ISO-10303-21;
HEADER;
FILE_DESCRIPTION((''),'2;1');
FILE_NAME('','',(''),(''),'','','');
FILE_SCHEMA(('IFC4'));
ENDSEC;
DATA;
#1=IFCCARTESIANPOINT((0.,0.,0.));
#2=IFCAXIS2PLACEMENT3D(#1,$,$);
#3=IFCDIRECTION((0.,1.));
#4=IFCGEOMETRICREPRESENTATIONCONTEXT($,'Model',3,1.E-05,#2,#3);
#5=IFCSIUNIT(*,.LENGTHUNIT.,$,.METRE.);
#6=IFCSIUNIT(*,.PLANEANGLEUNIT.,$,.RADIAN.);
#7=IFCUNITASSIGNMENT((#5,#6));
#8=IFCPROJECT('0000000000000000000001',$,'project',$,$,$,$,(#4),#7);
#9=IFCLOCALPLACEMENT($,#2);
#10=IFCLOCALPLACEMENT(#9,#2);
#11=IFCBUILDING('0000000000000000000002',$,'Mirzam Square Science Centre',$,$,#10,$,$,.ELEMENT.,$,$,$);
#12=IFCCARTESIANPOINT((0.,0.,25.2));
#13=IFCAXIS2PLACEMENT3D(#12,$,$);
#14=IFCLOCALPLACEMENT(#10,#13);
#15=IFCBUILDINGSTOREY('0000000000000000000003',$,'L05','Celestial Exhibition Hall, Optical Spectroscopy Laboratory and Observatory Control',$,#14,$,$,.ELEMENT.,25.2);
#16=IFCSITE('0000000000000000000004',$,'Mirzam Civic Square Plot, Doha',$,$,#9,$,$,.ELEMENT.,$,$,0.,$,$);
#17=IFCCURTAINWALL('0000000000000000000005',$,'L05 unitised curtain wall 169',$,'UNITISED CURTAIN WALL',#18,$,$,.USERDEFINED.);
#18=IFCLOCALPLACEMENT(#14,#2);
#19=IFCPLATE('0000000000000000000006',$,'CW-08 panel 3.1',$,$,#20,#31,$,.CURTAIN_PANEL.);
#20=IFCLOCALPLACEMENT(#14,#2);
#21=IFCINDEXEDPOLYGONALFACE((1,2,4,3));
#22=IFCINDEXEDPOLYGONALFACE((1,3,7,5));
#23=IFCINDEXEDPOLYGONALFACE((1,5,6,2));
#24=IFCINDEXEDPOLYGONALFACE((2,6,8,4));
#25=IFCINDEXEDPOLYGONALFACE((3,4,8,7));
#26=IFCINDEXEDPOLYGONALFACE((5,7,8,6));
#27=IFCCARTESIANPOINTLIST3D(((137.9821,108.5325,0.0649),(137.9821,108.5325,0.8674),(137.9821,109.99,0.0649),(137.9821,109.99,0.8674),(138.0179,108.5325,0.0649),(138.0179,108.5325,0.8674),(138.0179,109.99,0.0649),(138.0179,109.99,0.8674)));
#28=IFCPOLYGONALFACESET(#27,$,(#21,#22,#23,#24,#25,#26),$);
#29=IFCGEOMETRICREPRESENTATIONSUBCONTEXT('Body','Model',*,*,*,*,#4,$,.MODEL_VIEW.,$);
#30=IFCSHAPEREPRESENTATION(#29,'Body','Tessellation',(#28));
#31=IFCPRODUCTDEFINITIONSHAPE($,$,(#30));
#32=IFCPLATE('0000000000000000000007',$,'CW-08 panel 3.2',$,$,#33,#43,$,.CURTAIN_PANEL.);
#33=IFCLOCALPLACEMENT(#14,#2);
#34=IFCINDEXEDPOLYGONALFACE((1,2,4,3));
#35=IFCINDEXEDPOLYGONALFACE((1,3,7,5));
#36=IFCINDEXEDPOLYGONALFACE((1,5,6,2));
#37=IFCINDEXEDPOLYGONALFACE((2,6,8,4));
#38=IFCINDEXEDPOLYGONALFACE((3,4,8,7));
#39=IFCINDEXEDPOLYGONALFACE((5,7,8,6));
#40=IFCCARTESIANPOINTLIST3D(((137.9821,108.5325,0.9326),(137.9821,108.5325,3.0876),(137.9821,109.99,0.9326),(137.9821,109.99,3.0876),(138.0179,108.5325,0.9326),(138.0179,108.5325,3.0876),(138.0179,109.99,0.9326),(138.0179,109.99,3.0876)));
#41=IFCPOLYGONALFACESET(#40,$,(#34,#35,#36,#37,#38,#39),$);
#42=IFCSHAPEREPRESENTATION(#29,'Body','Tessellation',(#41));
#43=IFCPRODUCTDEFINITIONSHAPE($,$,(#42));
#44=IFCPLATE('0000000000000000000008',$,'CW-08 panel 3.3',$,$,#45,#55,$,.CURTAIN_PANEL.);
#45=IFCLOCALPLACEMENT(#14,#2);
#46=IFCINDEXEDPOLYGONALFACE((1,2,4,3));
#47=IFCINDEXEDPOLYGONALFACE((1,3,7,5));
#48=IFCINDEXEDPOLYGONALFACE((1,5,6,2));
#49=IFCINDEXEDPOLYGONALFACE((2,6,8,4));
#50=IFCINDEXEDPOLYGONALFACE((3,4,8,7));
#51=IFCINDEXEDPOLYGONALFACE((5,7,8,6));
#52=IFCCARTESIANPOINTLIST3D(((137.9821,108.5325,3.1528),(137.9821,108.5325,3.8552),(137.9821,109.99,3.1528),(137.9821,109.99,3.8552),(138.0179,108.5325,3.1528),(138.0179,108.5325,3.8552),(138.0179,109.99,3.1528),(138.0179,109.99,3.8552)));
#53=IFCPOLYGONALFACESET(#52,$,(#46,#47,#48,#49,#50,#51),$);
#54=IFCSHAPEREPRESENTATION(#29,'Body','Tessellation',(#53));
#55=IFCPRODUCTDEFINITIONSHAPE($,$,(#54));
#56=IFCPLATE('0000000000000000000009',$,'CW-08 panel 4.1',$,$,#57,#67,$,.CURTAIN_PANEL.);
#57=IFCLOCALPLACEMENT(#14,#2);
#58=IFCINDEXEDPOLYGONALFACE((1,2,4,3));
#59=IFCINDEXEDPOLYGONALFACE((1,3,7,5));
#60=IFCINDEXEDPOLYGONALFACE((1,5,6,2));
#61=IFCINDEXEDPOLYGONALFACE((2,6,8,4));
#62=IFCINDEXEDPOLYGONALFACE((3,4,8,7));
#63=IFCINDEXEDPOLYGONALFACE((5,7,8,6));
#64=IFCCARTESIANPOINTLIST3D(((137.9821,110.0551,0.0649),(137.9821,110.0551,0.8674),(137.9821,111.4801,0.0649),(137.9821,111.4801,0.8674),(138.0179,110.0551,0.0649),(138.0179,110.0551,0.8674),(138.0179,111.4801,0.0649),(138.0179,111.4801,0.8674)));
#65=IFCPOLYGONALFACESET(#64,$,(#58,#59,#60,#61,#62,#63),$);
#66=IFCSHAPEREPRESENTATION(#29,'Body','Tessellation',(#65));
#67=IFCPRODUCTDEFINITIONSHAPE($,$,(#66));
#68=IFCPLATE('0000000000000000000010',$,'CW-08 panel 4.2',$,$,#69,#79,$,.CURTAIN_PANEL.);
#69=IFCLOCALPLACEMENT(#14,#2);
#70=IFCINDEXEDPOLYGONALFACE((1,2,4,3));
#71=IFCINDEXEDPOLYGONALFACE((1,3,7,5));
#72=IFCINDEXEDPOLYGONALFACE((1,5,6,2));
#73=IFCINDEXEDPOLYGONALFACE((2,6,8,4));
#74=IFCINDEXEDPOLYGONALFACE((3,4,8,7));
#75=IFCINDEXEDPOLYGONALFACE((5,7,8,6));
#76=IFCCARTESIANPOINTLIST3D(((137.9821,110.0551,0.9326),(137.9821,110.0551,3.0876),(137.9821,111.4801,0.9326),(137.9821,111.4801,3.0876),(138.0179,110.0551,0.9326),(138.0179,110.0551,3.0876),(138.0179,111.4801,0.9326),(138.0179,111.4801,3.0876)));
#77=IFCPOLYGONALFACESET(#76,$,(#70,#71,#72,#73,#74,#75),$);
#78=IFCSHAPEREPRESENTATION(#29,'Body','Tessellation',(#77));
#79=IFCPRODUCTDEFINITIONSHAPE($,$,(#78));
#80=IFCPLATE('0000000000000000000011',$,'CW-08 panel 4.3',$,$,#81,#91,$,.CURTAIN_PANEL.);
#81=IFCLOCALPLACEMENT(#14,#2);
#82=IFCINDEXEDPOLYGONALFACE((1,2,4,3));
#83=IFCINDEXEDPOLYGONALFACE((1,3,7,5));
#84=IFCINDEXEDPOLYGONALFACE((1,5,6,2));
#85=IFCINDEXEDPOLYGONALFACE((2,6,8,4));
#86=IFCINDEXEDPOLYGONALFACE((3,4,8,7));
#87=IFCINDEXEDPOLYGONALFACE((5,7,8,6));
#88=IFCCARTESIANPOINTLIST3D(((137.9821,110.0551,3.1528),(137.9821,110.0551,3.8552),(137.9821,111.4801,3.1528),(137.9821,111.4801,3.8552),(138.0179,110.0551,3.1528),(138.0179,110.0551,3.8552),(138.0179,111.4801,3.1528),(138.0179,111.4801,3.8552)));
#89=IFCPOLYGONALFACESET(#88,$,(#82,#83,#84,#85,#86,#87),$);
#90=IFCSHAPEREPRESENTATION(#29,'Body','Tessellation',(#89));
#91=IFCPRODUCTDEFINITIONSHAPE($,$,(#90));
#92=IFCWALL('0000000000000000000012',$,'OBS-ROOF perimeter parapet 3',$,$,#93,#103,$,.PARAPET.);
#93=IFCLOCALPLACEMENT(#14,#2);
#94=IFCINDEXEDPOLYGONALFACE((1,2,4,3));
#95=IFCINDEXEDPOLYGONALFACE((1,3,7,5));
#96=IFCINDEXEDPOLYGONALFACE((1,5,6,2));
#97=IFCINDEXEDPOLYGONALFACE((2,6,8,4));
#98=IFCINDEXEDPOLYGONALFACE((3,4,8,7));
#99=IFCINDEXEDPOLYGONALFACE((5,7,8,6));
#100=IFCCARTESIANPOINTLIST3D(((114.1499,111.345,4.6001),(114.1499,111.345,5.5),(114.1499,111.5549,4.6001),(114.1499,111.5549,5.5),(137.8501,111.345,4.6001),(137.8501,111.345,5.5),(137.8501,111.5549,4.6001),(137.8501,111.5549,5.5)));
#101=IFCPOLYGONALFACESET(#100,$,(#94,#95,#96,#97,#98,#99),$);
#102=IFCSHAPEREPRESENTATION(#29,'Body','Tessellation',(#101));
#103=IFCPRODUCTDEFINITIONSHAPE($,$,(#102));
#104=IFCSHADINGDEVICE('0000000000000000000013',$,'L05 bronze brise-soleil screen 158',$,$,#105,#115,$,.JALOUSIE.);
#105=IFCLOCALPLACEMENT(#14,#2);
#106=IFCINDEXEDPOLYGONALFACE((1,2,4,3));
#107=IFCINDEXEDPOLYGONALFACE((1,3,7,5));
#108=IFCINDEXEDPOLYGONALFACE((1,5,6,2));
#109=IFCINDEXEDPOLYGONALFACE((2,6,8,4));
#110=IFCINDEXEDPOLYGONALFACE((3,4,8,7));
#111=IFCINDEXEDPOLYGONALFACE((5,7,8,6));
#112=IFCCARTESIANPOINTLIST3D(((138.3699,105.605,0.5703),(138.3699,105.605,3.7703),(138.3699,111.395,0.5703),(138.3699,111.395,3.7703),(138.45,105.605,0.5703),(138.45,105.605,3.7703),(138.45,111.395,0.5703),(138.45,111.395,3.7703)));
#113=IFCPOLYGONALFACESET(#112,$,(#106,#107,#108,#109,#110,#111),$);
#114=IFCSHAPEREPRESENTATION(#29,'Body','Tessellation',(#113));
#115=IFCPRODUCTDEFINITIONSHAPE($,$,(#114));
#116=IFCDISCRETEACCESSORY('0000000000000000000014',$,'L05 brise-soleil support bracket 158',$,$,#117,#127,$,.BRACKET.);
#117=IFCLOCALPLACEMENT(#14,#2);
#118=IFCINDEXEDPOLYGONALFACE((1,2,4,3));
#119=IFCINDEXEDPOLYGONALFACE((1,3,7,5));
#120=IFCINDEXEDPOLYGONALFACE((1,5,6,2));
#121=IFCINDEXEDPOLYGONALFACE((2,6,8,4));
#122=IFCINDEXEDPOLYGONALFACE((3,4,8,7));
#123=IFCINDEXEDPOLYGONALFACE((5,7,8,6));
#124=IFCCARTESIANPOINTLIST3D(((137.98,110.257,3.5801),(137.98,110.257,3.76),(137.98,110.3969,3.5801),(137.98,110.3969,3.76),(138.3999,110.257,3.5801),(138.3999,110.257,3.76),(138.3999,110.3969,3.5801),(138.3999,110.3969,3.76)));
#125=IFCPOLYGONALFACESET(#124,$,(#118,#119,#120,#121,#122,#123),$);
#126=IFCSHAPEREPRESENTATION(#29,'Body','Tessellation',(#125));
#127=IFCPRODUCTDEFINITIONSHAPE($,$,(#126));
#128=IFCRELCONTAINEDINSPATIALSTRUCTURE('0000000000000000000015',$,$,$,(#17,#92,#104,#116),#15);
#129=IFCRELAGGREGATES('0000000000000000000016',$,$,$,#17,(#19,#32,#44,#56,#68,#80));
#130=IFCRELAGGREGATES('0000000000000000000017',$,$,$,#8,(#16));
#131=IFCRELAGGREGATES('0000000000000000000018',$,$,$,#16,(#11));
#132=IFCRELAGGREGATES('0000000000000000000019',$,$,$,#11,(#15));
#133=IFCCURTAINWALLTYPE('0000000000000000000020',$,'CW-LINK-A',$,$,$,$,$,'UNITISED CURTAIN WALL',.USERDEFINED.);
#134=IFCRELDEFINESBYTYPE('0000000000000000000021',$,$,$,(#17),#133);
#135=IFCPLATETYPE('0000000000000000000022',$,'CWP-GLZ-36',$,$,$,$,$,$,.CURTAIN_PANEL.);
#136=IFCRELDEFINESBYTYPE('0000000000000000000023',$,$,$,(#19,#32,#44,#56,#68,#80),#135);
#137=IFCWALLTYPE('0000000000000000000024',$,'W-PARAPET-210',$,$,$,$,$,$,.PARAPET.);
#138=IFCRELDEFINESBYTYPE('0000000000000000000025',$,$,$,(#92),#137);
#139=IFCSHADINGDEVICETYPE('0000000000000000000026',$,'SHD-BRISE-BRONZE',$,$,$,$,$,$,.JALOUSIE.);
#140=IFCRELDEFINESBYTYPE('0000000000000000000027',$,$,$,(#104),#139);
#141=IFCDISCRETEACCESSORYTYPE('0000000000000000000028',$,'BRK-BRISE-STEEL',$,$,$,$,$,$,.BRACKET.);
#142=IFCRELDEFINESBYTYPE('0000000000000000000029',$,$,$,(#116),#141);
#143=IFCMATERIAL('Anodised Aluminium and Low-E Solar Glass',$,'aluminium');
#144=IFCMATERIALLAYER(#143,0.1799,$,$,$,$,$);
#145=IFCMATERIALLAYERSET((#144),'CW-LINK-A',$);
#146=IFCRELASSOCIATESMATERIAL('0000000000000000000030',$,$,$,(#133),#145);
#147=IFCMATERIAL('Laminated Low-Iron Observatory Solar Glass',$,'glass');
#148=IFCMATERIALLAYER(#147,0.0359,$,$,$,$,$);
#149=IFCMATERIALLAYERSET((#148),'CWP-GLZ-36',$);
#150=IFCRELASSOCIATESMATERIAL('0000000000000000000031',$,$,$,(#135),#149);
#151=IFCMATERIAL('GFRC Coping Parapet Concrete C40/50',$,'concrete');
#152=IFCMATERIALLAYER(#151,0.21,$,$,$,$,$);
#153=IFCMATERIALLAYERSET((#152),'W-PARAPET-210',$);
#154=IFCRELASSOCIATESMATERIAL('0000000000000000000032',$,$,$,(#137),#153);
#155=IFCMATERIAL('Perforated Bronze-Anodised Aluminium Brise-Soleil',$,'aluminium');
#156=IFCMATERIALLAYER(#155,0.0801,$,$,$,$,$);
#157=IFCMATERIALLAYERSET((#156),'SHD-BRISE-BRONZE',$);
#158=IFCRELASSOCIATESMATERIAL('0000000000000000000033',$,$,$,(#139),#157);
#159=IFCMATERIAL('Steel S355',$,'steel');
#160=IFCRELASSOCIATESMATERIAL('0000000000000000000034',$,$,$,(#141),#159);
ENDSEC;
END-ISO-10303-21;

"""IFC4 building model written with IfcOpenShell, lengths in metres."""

from ifc_helpers import new_model, si_unit, direction, frame, frame_2d, origin, origin_2d, place, context, subcontext, project, spatial, rectangle, extrude, material, layer, layer_set, type_object, element, aggregate, save


model = new_model("IFC4")

# Units and contexts
model_context = context("Model", 3, precision=1e-05, world=origin(), true_north=direction((0.0, 1.0)))
body_context = subcontext(model_context, "Body", "Model", "MODEL_VIEW")
ifc_project = project(units=[si_unit("LENGTHUNIT", "METRE"), si_unit("PLANEANGLEUNIT", "RADIAN")], contexts=[model_context])

# Site, building, storey
site_placement = place(None, origin())
site = spatial("IfcSite", under=ifc_project, at=site_placement, Name="Mirzam Civic Square Plot, Doha", CompositionType="ELEMENT", RefElevation=0.0)
building_placement = place(site_placement, origin())
building = spatial("IfcBuilding", under=site, at=building_placement, Name="Mirzam Square Science Centre", CompositionType="ELEMENT")
storey_placement = place(building_placement, frame((0.0, 0.0, 25.2)))
storey = spatial("IfcBuildingStorey", under=building, at=storey_placement, Name="L05", Description="Celestial Exhibition Hall, Optical Spectroscopy Laboratory and Observatory Control", CompositionType="ELEMENT", Elevation=25.2)

# Shared definitions
ifc_material_1 = material(Name="Steel S355", Category="steel")

# Curtain wall
ifc_material_2 = material(Name="Anodised Aluminium and Low-E Solar Glass", Category="aluminium")
ifc_layer_1 = layer(ifc_material_2, 0.1799)
ifc_layer_set_1 = layer_set([ifc_layer_1], Name="CW-LINK-A")
curtain_wall_type_1 = type_object("IfcCurtainWallType", Name="CW-LINK-A", ElementType="UNITISED CURTAIN WALL", PredefinedType="USERDEFINED", material=ifc_layer_set_1)
curtain_wall_1_placement = place(storey_placement, origin())
curtain_wall_1 = element("IfcCurtainWall", 1, at=curtain_wall_1_placement, inside=storey, type_object=curtain_wall_type_1, Name="L05 unitised curtain wall 169", ObjectType="UNITISED CURTAIN WALL", PredefinedType="USERDEFINED")

# Plates
ifc_material_3 = material(Name="Laminated Low-Iron Observatory Solar Glass", Category="glass")
ifc_layer_2 = layer(ifc_material_3, 0.0359)
ifc_layer_set_2 = layer_set([ifc_layer_2], Name="CWP-GLZ-36")
plate_type_1 = type_object("IfcPlateType", Name="CWP-GLZ-36", PredefinedType="CURTAIN_PANEL", material=ifc_layer_set_2)
plate_1_placement = place(storey_placement, frame((138.0, 109.2612, 0.0649), z_axis=(0.0, 0.0, 1.0), x_axis=(0.0, 1.0, 0.0)))
plate_1 = element("IfcPlate", 2, at=plate_1_placement, type_object=plate_type_1, Name="CW-08 panel 3.1", PredefinedType="CURTAIN_PANEL", context=body_context, shape_type="SweptSolid", body=[
    extrude(rectangle(XDim=1.4575, YDim=0.0359, at=origin_2d()), origin(), (0.0, 0.0, 1.0), 0.8025),
])
plate_2_placement = place(storey_placement, frame((138.0, 109.2612, 0.9326), z_axis=(0.0, 0.0, 1.0), x_axis=(0.0, 1.0, 0.0)))
plate_2 = element("IfcPlate", 3, at=plate_2_placement, type_object=plate_type_1, Name="CW-08 panel 3.2", PredefinedType="CURTAIN_PANEL", context=body_context, shape_type="SweptSolid", body=[
    extrude(rectangle(XDim=1.4575, YDim=0.0359, at=origin_2d()), origin(), (0.0, 0.0, 1.0), 2.155),
])
plate_3_placement = place(storey_placement, frame((138.0, 109.2612, 3.1528), z_axis=(0.0, 0.0, 1.0), x_axis=(0.0, 1.0, 0.0)))
plate_3 = element("IfcPlate", 4, at=plate_3_placement, type_object=plate_type_1, Name="CW-08 panel 3.3", PredefinedType="CURTAIN_PANEL", context=body_context, shape_type="SweptSolid", body=[
    extrude(rectangle(XDim=1.4575, YDim=0.0359, at=origin_2d()), origin(), (0.0, 0.0, 1.0), 0.7024),
])
plate_4_placement = place(storey_placement, frame((138.0, 110.7676, 0.0649), z_axis=(0.0, 0.0, 1.0), x_axis=(0.0, 1.0, 0.0)))
plate_4 = element("IfcPlate", 5, at=plate_4_placement, type_object=plate_type_1, Name="CW-08 panel 4.1", PredefinedType="CURTAIN_PANEL", context=body_context, shape_type="SweptSolid", body=[
    extrude(rectangle(XDim=1.425, YDim=0.0359, at=origin_2d()), origin(), (0.0, 0.0, 1.0), 0.8025),
])
plate_5_placement = place(storey_placement, frame((138.0, 110.7676, 0.9326), z_axis=(0.0, 0.0, 1.0), x_axis=(0.0, 1.0, 0.0)))
plate_5 = element("IfcPlate", 6, at=plate_5_placement, type_object=plate_type_1, Name="CW-08 panel 4.2", PredefinedType="CURTAIN_PANEL", context=body_context, shape_type="SweptSolid", body=[
    extrude(rectangle(XDim=1.425, YDim=0.0359, at=origin_2d()), origin(), (0.0, 0.0, 1.0), 2.155),
])
plate_6_placement = place(storey_placement, frame((138.0, 110.7676, 3.1528), z_axis=(0.0, 0.0, 1.0), x_axis=(0.0, 1.0, 0.0)))
plate_6 = element("IfcPlate", 7, at=plate_6_placement, type_object=plate_type_1, Name="CW-08 panel 4.3", PredefinedType="CURTAIN_PANEL", context=body_context, shape_type="SweptSolid", body=[
    extrude(rectangle(XDim=1.425, YDim=0.0359, at=origin_2d()), origin(), (0.0, 0.0, 1.0), 0.7024),
])
aggregate(curtain_wall_1, [plate_1, plate_2, plate_3, plate_4, plate_5, plate_6])

# Wall
ifc_material_4 = material(Name="GFRC Coping Parapet Concrete C40/50", Category="concrete")
ifc_layer_3 = layer(ifc_material_4, 0.21)
ifc_layer_set_3 = layer_set([ifc_layer_3], Name="W-PARAPET-210")
wall_type = type_object("IfcWallType", Name="W-PARAPET-210", PredefinedType="PARAPET", material=ifc_layer_set_3)
wall_placement = place(storey_placement, frame((137.8501, 111.45, 4.6001), z_axis=(0.0, 0.0, 1.0), x_axis=(-1.0, 0.0, 0.0)))
element("IfcWall", 8, at=wall_placement, inside=storey, type_object=wall_type, Name="OBS-ROOF perimeter parapet 3", PredefinedType="PARAPET", context=body_context, shape_type="SweptSolid", body=[
    extrude(rectangle(XDim=23.7002, YDim=0.21, at=frame_2d((11.8501, 0.0))), origin(), (0.0, 0.0, 1.0), 0.8999),
])

# Shading device
ifc_material_5 = material(Name="Perforated Bronze-Anodised Aluminium Brise-Soleil", Category="aluminium")
ifc_layer_4 = layer(ifc_material_5, 0.0801)
ifc_layer_set_4 = layer_set([ifc_layer_4], Name="SHD-BRISE-BRONZE")
shading_device_type = type_object("IfcShadingDeviceType", Name="SHD-BRISE-BRONZE", PredefinedType="JALOUSIE", material=ifc_layer_set_4)
shading_device_placement = place(storey_placement, frame((138.4099, 108.5, 0.5703), z_axis=(0.0, 0.0, 1.0), x_axis=(0.0, 1.0, 0.0)))
element("IfcShadingDevice", 9, at=shading_device_placement, inside=storey, type_object=shading_device_type, Name="L05 bronze brise-soleil screen 158", PredefinedType="JALOUSIE", context=body_context, shape_type="SweptSolid", body=[
    extrude(rectangle(XDim=5.79, YDim=0.0801, at=origin_2d()), origin(), (0.0, 0.0, 1.0), 3.2),
])

# Discrete accessory
discrete_accessory_type = type_object("IfcDiscreteAccessoryType", Name="BRK-BRISE-STEEL", PredefinedType="BRACKET", material=ifc_material_1)
discrete_accessory_placement = place(storey_placement, frame((138.1899, 110.3269, 3.5801), z_axis=(0.0, 0.0, 1.0), x_axis=(0.0, 1.0, 0.0)))
element("IfcDiscreteAccessory", 10, at=discrete_accessory_placement, inside=storey, type_object=discrete_accessory_type, Name="L05 brise-soleil support bracket 158", PredefinedType="BRACKET", context=body_context, shape_type="SweptSolid", body=[
    extrude(rectangle(XDim=0.1399, YDim=0.4199, at=origin_2d()), origin(), (0.0, 0.0, 1.0), 0.1799),
])

save(model, "model.ifc")
